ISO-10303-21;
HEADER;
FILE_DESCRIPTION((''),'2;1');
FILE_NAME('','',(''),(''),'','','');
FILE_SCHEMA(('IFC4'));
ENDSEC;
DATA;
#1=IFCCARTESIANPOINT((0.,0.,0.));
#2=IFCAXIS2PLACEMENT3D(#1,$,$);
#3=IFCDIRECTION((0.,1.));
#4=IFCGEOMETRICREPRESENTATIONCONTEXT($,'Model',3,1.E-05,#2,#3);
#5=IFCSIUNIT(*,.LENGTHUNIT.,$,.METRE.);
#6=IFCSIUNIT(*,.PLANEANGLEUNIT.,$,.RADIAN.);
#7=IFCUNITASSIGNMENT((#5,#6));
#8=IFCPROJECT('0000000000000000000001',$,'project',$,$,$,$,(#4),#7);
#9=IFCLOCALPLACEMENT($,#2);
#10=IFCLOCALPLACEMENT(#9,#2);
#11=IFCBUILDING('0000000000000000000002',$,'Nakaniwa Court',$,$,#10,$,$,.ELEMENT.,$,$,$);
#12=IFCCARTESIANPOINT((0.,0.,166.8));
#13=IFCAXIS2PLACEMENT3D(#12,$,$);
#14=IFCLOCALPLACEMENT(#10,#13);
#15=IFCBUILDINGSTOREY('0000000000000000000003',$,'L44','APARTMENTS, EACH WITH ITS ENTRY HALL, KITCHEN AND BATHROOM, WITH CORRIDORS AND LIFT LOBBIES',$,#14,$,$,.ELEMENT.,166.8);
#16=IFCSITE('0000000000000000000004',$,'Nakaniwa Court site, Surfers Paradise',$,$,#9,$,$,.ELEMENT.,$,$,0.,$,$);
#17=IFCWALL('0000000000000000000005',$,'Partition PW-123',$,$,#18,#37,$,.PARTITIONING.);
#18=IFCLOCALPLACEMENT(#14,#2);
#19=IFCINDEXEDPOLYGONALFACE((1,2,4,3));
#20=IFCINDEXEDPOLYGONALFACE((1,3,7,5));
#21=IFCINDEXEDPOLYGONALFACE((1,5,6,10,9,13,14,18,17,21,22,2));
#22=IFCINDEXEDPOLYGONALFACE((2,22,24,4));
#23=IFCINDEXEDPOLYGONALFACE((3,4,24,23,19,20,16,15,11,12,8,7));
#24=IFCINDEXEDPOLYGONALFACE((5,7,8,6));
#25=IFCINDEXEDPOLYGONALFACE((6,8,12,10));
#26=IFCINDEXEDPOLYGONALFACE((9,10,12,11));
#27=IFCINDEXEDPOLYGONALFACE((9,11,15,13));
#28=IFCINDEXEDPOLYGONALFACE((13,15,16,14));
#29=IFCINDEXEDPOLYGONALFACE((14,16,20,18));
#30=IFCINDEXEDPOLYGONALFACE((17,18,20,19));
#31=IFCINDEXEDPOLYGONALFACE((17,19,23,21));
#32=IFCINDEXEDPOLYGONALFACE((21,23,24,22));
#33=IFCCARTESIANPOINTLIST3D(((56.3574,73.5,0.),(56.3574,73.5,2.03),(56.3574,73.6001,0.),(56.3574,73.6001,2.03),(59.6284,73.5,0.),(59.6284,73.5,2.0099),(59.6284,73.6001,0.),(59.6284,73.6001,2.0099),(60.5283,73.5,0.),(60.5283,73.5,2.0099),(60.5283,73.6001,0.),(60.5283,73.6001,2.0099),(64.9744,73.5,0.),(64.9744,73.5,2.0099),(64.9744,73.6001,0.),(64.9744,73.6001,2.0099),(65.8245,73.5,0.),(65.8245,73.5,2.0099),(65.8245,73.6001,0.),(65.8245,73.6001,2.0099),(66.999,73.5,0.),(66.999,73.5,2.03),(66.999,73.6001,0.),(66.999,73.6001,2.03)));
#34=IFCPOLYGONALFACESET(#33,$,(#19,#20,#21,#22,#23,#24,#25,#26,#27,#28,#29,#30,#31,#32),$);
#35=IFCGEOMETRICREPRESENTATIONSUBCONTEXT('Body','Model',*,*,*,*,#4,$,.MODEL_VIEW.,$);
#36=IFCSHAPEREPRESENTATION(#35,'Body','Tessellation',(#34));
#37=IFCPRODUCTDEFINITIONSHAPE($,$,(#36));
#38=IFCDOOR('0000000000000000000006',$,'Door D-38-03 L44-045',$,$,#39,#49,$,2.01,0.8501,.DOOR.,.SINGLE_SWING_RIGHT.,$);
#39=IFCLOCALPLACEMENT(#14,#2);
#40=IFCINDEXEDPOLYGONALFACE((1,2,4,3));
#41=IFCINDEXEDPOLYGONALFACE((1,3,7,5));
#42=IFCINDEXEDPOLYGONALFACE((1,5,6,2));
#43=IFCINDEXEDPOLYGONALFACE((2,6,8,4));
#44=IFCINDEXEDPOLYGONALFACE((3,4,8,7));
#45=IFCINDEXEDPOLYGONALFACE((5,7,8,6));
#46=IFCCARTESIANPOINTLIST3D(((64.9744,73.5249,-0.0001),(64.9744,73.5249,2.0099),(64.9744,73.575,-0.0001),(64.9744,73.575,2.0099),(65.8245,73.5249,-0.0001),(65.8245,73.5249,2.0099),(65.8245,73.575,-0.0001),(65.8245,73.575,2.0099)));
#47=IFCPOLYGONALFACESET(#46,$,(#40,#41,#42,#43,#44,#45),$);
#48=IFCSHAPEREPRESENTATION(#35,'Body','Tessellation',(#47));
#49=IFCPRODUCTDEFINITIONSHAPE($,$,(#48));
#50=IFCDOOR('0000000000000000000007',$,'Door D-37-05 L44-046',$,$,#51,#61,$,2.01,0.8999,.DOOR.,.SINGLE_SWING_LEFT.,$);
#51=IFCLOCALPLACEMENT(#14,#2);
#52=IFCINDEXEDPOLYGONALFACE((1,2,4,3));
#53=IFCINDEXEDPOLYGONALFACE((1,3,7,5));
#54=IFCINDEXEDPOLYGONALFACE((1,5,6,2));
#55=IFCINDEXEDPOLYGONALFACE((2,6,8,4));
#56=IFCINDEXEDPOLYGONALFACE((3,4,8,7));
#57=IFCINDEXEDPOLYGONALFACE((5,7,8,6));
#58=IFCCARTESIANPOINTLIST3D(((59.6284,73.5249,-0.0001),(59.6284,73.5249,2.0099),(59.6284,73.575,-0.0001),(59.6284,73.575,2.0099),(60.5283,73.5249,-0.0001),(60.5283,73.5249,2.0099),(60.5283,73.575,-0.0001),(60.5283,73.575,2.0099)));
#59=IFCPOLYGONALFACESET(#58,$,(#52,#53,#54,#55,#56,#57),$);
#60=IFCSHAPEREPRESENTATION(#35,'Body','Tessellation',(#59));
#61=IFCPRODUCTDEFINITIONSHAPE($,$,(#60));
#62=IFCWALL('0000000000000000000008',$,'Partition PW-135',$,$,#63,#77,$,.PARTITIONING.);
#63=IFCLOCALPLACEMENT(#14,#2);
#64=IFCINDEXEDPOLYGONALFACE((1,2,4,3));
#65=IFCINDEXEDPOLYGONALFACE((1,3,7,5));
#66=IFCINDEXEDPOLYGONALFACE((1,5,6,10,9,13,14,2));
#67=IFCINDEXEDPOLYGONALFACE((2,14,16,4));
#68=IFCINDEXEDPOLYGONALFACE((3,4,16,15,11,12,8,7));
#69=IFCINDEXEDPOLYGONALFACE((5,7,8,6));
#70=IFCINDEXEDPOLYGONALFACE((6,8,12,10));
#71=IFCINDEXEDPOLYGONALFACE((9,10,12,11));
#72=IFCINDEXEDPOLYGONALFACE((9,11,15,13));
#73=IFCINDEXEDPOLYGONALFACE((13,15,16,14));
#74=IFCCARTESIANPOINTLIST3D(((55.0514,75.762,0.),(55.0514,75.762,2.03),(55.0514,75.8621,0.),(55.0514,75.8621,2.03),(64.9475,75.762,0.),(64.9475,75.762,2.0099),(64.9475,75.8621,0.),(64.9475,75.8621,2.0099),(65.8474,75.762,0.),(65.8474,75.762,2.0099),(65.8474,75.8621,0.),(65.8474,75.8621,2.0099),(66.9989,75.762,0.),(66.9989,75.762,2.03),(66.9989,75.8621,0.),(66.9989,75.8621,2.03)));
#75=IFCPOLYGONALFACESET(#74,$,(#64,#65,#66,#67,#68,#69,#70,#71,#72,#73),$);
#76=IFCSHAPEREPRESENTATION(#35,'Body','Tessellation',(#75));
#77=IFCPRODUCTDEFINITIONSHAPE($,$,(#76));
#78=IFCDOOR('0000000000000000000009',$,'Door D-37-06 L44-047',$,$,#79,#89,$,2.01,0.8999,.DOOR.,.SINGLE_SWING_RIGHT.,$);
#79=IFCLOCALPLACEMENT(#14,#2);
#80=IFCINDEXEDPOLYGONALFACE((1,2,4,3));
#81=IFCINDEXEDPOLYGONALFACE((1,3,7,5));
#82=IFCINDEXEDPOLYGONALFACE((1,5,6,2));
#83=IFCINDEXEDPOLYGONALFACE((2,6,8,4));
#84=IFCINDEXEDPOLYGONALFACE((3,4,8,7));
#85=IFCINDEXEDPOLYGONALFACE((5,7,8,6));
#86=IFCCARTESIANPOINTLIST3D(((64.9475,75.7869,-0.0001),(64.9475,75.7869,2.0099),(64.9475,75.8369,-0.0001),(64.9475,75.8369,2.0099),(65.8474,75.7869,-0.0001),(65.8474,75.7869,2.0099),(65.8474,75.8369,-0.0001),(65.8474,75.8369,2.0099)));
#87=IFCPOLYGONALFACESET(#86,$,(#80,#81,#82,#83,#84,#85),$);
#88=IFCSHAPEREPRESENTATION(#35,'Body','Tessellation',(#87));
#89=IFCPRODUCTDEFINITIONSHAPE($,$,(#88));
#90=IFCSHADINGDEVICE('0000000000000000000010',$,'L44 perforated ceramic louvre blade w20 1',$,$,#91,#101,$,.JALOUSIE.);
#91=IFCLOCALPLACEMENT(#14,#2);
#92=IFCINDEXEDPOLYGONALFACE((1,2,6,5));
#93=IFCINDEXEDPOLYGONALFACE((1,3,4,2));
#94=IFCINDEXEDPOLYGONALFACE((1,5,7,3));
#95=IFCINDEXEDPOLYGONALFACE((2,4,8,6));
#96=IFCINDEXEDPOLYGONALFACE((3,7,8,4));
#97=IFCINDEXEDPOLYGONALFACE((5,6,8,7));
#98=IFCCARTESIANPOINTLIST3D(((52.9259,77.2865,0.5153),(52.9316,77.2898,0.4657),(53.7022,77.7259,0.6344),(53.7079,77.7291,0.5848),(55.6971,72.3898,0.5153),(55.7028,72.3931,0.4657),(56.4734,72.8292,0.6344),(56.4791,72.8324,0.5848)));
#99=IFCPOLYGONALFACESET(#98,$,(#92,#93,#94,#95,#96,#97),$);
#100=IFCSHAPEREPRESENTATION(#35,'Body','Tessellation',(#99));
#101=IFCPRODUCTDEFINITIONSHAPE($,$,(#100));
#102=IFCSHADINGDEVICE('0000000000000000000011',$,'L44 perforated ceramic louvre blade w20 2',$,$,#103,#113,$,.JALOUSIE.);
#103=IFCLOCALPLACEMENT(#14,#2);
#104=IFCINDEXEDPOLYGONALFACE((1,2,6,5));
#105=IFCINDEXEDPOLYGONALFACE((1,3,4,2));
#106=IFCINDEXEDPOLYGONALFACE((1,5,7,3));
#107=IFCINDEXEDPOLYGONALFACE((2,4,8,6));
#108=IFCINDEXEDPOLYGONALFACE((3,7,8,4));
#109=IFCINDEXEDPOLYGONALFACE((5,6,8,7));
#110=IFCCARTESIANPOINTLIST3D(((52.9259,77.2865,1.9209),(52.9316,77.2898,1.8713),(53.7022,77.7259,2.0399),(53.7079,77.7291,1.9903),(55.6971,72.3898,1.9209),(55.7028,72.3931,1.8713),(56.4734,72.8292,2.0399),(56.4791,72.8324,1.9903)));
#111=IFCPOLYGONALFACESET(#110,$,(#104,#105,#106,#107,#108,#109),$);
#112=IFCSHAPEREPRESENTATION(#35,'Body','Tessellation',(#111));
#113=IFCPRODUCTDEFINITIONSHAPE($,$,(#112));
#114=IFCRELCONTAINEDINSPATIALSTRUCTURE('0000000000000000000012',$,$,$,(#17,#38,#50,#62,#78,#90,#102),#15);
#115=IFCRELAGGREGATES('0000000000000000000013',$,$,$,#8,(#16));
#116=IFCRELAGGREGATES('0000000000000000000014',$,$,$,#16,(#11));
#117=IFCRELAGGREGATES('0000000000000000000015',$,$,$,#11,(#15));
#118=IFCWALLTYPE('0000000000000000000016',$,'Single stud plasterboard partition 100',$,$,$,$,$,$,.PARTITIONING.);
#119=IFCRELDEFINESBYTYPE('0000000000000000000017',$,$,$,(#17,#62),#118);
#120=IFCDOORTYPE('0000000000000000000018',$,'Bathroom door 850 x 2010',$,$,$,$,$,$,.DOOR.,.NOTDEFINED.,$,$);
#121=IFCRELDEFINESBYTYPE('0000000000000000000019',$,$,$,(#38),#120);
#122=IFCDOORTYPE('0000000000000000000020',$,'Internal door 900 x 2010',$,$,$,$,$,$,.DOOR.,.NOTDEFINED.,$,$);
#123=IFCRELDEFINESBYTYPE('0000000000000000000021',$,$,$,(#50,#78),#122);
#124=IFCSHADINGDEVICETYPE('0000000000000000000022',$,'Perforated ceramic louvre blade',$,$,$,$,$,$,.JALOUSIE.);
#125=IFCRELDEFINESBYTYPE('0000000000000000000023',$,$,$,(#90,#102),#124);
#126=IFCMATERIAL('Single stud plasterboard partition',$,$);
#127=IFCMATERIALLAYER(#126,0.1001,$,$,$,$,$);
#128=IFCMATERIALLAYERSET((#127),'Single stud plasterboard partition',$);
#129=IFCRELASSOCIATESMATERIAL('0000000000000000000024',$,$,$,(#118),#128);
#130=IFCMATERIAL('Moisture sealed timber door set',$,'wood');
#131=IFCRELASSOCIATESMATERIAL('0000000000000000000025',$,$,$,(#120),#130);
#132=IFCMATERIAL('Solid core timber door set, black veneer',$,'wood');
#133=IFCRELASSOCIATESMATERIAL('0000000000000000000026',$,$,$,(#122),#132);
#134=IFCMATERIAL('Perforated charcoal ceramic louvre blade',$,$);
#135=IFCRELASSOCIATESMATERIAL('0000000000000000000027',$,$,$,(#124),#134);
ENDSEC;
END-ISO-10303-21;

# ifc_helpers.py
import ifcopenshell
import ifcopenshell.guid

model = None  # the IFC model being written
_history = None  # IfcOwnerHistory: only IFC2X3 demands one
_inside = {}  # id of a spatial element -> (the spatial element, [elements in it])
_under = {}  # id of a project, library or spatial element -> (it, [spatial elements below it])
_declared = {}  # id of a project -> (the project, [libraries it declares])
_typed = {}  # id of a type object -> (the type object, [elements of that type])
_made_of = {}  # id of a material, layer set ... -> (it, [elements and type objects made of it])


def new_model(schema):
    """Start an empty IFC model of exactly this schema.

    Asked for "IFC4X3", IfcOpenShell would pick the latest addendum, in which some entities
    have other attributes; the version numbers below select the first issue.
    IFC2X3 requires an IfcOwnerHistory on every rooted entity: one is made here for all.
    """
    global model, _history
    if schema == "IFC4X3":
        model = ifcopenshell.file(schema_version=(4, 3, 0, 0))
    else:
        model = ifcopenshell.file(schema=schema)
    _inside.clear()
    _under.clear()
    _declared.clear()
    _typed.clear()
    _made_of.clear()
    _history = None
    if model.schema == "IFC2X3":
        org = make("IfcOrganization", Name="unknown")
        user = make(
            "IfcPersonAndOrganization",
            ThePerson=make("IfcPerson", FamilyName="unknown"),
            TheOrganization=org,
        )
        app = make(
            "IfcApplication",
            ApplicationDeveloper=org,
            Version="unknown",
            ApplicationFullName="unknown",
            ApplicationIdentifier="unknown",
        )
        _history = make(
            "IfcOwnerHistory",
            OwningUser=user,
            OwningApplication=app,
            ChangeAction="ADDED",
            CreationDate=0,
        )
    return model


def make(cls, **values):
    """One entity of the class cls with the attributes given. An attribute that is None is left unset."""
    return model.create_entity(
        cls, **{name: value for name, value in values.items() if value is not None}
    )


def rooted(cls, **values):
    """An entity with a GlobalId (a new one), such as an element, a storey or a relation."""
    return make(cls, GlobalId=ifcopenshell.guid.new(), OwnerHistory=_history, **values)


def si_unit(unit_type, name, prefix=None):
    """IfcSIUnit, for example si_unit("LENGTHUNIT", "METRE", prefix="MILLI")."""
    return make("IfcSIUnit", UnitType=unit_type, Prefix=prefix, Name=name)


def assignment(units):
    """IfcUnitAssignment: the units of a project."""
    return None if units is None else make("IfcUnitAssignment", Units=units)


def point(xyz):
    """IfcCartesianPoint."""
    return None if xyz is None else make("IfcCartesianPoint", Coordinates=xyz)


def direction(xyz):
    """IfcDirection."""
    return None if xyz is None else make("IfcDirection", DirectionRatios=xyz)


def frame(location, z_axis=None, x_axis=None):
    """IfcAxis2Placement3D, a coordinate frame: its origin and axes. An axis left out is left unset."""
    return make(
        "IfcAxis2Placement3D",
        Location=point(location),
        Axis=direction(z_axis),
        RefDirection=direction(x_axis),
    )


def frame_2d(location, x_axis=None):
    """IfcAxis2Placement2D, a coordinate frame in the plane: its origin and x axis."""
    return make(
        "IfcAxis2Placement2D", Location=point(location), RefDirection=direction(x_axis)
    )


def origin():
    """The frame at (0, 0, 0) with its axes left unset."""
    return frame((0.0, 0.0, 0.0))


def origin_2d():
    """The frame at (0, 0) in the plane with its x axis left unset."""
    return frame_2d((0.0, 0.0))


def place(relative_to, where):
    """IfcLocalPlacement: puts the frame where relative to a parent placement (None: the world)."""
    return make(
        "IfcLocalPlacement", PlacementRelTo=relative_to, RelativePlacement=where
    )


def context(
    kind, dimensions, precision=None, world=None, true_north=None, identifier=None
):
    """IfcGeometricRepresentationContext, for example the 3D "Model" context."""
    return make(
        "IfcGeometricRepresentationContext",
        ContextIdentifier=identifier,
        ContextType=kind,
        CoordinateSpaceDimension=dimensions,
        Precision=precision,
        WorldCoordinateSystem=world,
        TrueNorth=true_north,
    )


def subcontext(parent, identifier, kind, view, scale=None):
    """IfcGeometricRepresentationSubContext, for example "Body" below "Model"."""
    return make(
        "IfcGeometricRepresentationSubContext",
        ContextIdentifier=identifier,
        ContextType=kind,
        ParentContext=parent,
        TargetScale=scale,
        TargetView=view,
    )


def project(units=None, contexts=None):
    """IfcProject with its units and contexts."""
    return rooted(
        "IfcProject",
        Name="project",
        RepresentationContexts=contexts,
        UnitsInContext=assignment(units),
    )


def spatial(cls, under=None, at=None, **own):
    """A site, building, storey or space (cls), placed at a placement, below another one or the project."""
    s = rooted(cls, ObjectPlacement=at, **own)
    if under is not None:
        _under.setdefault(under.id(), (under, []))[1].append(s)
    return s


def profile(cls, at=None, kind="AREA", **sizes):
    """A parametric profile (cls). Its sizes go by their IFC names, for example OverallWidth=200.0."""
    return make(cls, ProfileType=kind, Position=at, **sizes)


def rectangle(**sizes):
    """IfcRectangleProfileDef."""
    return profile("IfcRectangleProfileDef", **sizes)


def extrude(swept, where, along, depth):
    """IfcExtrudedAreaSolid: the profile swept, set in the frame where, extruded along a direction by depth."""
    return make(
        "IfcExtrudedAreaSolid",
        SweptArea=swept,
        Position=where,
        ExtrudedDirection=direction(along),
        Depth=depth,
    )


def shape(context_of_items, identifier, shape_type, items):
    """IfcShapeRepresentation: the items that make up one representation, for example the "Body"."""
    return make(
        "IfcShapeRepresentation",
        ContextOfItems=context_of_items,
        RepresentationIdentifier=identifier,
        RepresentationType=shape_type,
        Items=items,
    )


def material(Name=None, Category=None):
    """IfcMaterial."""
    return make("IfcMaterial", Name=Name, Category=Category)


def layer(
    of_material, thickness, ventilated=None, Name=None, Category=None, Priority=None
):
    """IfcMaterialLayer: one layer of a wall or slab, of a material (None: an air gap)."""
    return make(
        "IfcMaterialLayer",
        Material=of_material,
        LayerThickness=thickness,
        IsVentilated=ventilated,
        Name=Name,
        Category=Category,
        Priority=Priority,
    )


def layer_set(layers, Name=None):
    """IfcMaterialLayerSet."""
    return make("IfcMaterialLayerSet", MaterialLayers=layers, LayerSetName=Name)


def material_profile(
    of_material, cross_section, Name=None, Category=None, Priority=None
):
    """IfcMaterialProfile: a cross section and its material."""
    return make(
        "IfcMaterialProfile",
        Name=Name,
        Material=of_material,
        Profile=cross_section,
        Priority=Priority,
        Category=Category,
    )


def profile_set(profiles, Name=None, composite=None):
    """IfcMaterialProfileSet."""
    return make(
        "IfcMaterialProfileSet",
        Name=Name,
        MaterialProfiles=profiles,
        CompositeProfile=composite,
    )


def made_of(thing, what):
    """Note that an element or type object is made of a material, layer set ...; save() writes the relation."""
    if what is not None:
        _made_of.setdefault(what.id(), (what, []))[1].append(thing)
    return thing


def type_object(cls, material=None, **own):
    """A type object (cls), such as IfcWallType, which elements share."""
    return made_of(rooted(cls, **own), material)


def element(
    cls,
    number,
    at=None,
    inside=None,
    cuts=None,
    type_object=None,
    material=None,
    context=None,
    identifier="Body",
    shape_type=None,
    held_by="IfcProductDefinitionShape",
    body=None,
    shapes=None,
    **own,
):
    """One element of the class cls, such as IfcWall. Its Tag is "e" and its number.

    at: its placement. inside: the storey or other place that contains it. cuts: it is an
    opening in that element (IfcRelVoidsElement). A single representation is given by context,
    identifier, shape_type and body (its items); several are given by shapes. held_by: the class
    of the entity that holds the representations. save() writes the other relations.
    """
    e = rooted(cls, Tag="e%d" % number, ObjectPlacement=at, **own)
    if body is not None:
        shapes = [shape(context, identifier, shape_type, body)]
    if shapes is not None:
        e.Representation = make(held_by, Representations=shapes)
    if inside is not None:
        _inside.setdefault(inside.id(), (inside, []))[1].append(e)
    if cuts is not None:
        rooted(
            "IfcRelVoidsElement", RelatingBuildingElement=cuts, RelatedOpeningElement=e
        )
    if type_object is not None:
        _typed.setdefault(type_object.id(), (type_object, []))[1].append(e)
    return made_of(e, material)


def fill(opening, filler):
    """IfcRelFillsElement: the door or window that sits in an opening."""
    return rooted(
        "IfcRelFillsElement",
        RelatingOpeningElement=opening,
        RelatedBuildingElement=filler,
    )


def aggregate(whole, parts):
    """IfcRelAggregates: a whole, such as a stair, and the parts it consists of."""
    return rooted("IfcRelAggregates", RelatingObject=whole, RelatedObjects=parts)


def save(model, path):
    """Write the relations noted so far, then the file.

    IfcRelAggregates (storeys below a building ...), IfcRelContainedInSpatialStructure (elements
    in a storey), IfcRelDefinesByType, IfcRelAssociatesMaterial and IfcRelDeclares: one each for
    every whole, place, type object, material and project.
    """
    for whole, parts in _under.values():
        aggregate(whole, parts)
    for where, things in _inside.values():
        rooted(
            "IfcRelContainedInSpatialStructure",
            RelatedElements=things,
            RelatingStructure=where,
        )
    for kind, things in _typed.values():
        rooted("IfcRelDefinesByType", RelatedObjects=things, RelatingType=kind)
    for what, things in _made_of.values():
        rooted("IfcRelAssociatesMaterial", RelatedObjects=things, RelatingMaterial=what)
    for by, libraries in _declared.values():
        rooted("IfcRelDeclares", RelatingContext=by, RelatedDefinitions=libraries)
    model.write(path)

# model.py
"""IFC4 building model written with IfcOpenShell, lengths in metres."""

from ifc_helpers import new_model, si_unit, direction, frame, frame_2d, origin, origin_2d, place, context, subcontext, project, spatial, rectangle, extrude, material, layer, layer_set, material_profile, profile_set, type_object, element, fill, save


model = new_model("IFC4")

# Units and contexts
model_context = context("Model", 3, precision=1e-05, world=origin(), true_north=direction((0.0, 1.0)))
body_context = subcontext(model_context, "Body", "Model", "MODEL_VIEW")
ifc_project = project(units=[si_unit("LENGTHUNIT", "METRE"), si_unit("PLANEANGLEUNIT", "RADIAN")], contexts=[model_context])

# Site, building, storey
site_placement = place(None, origin())
site = spatial("IfcSite", under=ifc_project, at=site_placement, Name="Nakaniwa Court site, Surfers Paradise", CompositionType="ELEMENT", RefElevation=0.0)
building_placement = place(site_placement, origin())
building = spatial("IfcBuilding", under=site, at=building_placement, Name="Nakaniwa Court", CompositionType="ELEMENT")
storey_placement = place(building_placement, frame((0.0, 0.0, 166.8)))
storey = spatial("IfcBuildingStorey", under=building, at=storey_placement, Name="L44", Description="APARTMENTS, EACH WITH ITS ENTRY HALL, KITCHEN AND BATHROOM, WITH CORRIDORS AND LIFT LOBBIES", CompositionType="ELEMENT", Elevation=166.8)

# Wall, openings, doors
ifc_material_1 = material(Name="Single stud plasterboard partition")
ifc_layer_1 = layer(ifc_material_1, 0.1001)
ifc_layer_set_1 = layer_set([ifc_layer_1], Name="Single stud plasterboard partition")
wall_type_1 = type_object("IfcWallType", Name="Single stud plasterboard partition 100", PredefinedType="PARTITIONING", material=ifc_layer_set_1)
wall_1_placement = place(storey_placement, frame((56.3574, 73.55, 0.0), z_axis=(0.0, 0.0, 1.0), x_axis=(1.0, 0.0, 0.0)))
wall_1 = element("IfcWall", 1, at=wall_1_placement, inside=storey, type_object=wall_type_1, Name="Partition PW-123", PredefinedType="PARTITIONING", context=body_context, shape_type="SweptSolid", body=[
    extrude(rectangle(XDim=10.6416, YDim=0.1001, at=frame_2d((5.3208, 0.0))), origin(), (0.0, 0.0, 1.0), 2.03),
])
opening_1_placement = place(wall_1_placement, frame((8.6169, 0.0, 0.0)))
opening_1 = element("IfcOpeningElement", 2, at=opening_1_placement, cuts=wall_1, PredefinedType="OPENING", context=body_context, shape_type="SweptSolid", body=[
    extrude(rectangle(XDim=0.8501, YDim=2.01, at=frame_2d((0.425, 1.0049))), frame((0.0, 0.0601, 0.0), z_axis=(0.0, -1.0, 0.0), x_axis=(1.0, 0.0, 0.0)), (0.0, 0.0, 1.0), 0.1201),
])
opening_2_placement = place(wall_1_placement, frame((3.271, 0.0, 0.0)))
opening_2 = element("IfcOpeningElement", 3, at=opening_2_placement, cuts=wall_1, PredefinedType="OPENING", context=body_context, shape_type="SweptSolid", body=[
    extrude(rectangle(XDim=0.8999, YDim=2.01, at=frame_2d((0.45, 1.0049))), frame((0.0, 0.0601, 0.0), z_axis=(0.0, -1.0, 0.0), x_axis=(1.0, 0.0, 0.0)), (0.0, 0.0, 1.0), 0.1201),
])
ifc_material_2 = material(Name="Moisture sealed timber door set", Category="wood")
door_type_1 = type_object("IfcDoorType", Name="Bathroom door 850 x 2010", OperationType="NOTDEFINED", PredefinedType="DOOR", material=ifc_material_2)
door_1_placement = place(opening_1_placement, origin())
door_1 = element("IfcDoor", 4, at=door_1_placement, inside=storey, type_object=door_type_1, Name="Door D-38-03 L44-045", OperationType="SINGLE_SWING_RIGHT", OverallHeight=2.01, OverallWidth=0.8501, PredefinedType="DOOR", context=body_context, shape_type="SweptSolid", body=[
    extrude(rectangle(XDim=0.8501, YDim=2.01, at=frame_2d((0.425, 1.0049))), frame((0.0, 0.0249, 0.0), z_axis=(0.0, -1.0, 0.0), x_axis=(1.0, 0.0, 0.0)), (0.0, 0.0, 1.0), 0.05),
])
fill(opening_1, door_1)
ifc_material_3 = material(Name="Solid core timber door set, black veneer", Category="wood")
door_type_2 = type_object("IfcDoorType", Name="Internal door 900 x 2010", OperationType="NOTDEFINED", PredefinedType="DOOR", material=ifc_material_3)
door_2_placement = place(opening_2_placement, origin())
door_2 = element("IfcDoor", 5, at=door_2_placement, inside=storey, type_object=door_type_2, Name="Door D-37-05 L44-046", OperationType="SINGLE_SWING_LEFT", OverallHeight=2.01, OverallWidth=0.8999, PredefinedType="DOOR", context=body_context, shape_type="SweptSolid", body=[
    extrude(rectangle(XDim=0.8999, YDim=2.01, at=frame_2d((0.45, 1.0049))), frame((0.0, 0.0249, 0.0), z_axis=(0.0, -1.0, 0.0), x_axis=(1.0, 0.0, 0.0)), (0.0, 0.0, 1.0), 0.05),
])
fill(opening_2, door_2)

# Wall, opening, door
wall_2_placement = place(storey_placement, frame((55.0515, 75.812, 0.0), z_axis=(0.0, 0.0, 1.0), x_axis=(1.0, 0.0, 0.0)))
wall_2 = element("IfcWall", 6, at=wall_2_placement, inside=storey, type_object=wall_type_1, Name="Partition PW-135", PredefinedType="PARTITIONING", context=body_context, shape_type="SweptSolid", body=[
    extrude(rectangle(XDim=11.9475, YDim=0.1001, at=frame_2d((5.9736, 0.0))), origin(), (0.0, 0.0, 1.0), 2.03),
])
opening_3_placement = place(wall_2_placement, frame((9.896, 0.0, 0.0)))
opening_3 = element("IfcOpeningElement", 7, at=opening_3_placement, cuts=wall_2, PredefinedType="OPENING", context=body_context, shape_type="SweptSolid", body=[
    extrude(rectangle(XDim=0.8999, YDim=2.01, at=frame_2d((0.45, 1.0049))), frame((0.0, 0.0601, 0.0), z_axis=(0.0, -1.0, 0.0), x_axis=(1.0, 0.0, 0.0)), (0.0, 0.0, 1.0), 0.1201),
])
door_3_placement = place(opening_3_placement, origin())
door_3 = element("IfcDoor", 8, at=door_3_placement, inside=storey, type_object=door_type_2, Name="Door D-37-06 L44-047", OperationType="SINGLE_SWING_RIGHT", OverallHeight=2.01, OverallWidth=0.8999, PredefinedType="DOOR", context=body_context, shape_type="SweptSolid", body=[
    extrude(rectangle(XDim=0.8999, YDim=2.01, at=frame_2d((0.45, 1.0049))), frame((0.0, 0.0249, 0.0), z_axis=(0.0, -1.0, 0.0), x_axis=(1.0, 0.0, 0.0)), (0.0, 0.0, 1.0), 0.05),
])
fill(opening_3, door_3)

# Shading devices
ifc_material_4 = material(Name="Perforated charcoal ceramic louvre blade")
ifc_material_profile_1 = material_profile(ifc_material_4, rectangle(XDim=0.8999, YDim=0.05, at=origin_2d()), Name="Perforated ceramic louvre blade")
ifc_profile_set_1 = profile_set([ifc_material_profile_1], Name="Perforated charcoal ceramic louvre blade")
shading_device_type = type_object("IfcShadingDeviceType", Name="Perforated ceramic louvre blade", PredefinedType="JALOUSIE", material=ifc_profile_set_1)
for number, where, z_axis, x_axis, name in (
    (9, (53.3169, 77.5078, 0.55), (0.492532, -0.870294, 0.0), (0.862649, 0.488205, 0.132256), "L44 perforated ceramic louvre blade w20 1"),
    (10, (53.3169, 77.5078, 1.9556), (0.492532, -0.870294, 0.0), (0.862649, 0.488205, 0.132256), "L44 perforated ceramic louvre blade w20 2"),
):
    element("IfcShadingDevice", number, at=place(storey_placement, frame(where, z_axis=z_axis, x_axis=x_axis)), inside=storey, type_object=shading_device_type, Name=name, PredefinedType="JALOUSIE", context=body_context, shape_type="SweptSolid", body=[
        extrude(rectangle(XDim=0.8999, YDim=0.05, at=origin_2d()), origin(), (0.0, 0.0, 1.0), 5.6265),
    ])

save(model, "model.ifc")
